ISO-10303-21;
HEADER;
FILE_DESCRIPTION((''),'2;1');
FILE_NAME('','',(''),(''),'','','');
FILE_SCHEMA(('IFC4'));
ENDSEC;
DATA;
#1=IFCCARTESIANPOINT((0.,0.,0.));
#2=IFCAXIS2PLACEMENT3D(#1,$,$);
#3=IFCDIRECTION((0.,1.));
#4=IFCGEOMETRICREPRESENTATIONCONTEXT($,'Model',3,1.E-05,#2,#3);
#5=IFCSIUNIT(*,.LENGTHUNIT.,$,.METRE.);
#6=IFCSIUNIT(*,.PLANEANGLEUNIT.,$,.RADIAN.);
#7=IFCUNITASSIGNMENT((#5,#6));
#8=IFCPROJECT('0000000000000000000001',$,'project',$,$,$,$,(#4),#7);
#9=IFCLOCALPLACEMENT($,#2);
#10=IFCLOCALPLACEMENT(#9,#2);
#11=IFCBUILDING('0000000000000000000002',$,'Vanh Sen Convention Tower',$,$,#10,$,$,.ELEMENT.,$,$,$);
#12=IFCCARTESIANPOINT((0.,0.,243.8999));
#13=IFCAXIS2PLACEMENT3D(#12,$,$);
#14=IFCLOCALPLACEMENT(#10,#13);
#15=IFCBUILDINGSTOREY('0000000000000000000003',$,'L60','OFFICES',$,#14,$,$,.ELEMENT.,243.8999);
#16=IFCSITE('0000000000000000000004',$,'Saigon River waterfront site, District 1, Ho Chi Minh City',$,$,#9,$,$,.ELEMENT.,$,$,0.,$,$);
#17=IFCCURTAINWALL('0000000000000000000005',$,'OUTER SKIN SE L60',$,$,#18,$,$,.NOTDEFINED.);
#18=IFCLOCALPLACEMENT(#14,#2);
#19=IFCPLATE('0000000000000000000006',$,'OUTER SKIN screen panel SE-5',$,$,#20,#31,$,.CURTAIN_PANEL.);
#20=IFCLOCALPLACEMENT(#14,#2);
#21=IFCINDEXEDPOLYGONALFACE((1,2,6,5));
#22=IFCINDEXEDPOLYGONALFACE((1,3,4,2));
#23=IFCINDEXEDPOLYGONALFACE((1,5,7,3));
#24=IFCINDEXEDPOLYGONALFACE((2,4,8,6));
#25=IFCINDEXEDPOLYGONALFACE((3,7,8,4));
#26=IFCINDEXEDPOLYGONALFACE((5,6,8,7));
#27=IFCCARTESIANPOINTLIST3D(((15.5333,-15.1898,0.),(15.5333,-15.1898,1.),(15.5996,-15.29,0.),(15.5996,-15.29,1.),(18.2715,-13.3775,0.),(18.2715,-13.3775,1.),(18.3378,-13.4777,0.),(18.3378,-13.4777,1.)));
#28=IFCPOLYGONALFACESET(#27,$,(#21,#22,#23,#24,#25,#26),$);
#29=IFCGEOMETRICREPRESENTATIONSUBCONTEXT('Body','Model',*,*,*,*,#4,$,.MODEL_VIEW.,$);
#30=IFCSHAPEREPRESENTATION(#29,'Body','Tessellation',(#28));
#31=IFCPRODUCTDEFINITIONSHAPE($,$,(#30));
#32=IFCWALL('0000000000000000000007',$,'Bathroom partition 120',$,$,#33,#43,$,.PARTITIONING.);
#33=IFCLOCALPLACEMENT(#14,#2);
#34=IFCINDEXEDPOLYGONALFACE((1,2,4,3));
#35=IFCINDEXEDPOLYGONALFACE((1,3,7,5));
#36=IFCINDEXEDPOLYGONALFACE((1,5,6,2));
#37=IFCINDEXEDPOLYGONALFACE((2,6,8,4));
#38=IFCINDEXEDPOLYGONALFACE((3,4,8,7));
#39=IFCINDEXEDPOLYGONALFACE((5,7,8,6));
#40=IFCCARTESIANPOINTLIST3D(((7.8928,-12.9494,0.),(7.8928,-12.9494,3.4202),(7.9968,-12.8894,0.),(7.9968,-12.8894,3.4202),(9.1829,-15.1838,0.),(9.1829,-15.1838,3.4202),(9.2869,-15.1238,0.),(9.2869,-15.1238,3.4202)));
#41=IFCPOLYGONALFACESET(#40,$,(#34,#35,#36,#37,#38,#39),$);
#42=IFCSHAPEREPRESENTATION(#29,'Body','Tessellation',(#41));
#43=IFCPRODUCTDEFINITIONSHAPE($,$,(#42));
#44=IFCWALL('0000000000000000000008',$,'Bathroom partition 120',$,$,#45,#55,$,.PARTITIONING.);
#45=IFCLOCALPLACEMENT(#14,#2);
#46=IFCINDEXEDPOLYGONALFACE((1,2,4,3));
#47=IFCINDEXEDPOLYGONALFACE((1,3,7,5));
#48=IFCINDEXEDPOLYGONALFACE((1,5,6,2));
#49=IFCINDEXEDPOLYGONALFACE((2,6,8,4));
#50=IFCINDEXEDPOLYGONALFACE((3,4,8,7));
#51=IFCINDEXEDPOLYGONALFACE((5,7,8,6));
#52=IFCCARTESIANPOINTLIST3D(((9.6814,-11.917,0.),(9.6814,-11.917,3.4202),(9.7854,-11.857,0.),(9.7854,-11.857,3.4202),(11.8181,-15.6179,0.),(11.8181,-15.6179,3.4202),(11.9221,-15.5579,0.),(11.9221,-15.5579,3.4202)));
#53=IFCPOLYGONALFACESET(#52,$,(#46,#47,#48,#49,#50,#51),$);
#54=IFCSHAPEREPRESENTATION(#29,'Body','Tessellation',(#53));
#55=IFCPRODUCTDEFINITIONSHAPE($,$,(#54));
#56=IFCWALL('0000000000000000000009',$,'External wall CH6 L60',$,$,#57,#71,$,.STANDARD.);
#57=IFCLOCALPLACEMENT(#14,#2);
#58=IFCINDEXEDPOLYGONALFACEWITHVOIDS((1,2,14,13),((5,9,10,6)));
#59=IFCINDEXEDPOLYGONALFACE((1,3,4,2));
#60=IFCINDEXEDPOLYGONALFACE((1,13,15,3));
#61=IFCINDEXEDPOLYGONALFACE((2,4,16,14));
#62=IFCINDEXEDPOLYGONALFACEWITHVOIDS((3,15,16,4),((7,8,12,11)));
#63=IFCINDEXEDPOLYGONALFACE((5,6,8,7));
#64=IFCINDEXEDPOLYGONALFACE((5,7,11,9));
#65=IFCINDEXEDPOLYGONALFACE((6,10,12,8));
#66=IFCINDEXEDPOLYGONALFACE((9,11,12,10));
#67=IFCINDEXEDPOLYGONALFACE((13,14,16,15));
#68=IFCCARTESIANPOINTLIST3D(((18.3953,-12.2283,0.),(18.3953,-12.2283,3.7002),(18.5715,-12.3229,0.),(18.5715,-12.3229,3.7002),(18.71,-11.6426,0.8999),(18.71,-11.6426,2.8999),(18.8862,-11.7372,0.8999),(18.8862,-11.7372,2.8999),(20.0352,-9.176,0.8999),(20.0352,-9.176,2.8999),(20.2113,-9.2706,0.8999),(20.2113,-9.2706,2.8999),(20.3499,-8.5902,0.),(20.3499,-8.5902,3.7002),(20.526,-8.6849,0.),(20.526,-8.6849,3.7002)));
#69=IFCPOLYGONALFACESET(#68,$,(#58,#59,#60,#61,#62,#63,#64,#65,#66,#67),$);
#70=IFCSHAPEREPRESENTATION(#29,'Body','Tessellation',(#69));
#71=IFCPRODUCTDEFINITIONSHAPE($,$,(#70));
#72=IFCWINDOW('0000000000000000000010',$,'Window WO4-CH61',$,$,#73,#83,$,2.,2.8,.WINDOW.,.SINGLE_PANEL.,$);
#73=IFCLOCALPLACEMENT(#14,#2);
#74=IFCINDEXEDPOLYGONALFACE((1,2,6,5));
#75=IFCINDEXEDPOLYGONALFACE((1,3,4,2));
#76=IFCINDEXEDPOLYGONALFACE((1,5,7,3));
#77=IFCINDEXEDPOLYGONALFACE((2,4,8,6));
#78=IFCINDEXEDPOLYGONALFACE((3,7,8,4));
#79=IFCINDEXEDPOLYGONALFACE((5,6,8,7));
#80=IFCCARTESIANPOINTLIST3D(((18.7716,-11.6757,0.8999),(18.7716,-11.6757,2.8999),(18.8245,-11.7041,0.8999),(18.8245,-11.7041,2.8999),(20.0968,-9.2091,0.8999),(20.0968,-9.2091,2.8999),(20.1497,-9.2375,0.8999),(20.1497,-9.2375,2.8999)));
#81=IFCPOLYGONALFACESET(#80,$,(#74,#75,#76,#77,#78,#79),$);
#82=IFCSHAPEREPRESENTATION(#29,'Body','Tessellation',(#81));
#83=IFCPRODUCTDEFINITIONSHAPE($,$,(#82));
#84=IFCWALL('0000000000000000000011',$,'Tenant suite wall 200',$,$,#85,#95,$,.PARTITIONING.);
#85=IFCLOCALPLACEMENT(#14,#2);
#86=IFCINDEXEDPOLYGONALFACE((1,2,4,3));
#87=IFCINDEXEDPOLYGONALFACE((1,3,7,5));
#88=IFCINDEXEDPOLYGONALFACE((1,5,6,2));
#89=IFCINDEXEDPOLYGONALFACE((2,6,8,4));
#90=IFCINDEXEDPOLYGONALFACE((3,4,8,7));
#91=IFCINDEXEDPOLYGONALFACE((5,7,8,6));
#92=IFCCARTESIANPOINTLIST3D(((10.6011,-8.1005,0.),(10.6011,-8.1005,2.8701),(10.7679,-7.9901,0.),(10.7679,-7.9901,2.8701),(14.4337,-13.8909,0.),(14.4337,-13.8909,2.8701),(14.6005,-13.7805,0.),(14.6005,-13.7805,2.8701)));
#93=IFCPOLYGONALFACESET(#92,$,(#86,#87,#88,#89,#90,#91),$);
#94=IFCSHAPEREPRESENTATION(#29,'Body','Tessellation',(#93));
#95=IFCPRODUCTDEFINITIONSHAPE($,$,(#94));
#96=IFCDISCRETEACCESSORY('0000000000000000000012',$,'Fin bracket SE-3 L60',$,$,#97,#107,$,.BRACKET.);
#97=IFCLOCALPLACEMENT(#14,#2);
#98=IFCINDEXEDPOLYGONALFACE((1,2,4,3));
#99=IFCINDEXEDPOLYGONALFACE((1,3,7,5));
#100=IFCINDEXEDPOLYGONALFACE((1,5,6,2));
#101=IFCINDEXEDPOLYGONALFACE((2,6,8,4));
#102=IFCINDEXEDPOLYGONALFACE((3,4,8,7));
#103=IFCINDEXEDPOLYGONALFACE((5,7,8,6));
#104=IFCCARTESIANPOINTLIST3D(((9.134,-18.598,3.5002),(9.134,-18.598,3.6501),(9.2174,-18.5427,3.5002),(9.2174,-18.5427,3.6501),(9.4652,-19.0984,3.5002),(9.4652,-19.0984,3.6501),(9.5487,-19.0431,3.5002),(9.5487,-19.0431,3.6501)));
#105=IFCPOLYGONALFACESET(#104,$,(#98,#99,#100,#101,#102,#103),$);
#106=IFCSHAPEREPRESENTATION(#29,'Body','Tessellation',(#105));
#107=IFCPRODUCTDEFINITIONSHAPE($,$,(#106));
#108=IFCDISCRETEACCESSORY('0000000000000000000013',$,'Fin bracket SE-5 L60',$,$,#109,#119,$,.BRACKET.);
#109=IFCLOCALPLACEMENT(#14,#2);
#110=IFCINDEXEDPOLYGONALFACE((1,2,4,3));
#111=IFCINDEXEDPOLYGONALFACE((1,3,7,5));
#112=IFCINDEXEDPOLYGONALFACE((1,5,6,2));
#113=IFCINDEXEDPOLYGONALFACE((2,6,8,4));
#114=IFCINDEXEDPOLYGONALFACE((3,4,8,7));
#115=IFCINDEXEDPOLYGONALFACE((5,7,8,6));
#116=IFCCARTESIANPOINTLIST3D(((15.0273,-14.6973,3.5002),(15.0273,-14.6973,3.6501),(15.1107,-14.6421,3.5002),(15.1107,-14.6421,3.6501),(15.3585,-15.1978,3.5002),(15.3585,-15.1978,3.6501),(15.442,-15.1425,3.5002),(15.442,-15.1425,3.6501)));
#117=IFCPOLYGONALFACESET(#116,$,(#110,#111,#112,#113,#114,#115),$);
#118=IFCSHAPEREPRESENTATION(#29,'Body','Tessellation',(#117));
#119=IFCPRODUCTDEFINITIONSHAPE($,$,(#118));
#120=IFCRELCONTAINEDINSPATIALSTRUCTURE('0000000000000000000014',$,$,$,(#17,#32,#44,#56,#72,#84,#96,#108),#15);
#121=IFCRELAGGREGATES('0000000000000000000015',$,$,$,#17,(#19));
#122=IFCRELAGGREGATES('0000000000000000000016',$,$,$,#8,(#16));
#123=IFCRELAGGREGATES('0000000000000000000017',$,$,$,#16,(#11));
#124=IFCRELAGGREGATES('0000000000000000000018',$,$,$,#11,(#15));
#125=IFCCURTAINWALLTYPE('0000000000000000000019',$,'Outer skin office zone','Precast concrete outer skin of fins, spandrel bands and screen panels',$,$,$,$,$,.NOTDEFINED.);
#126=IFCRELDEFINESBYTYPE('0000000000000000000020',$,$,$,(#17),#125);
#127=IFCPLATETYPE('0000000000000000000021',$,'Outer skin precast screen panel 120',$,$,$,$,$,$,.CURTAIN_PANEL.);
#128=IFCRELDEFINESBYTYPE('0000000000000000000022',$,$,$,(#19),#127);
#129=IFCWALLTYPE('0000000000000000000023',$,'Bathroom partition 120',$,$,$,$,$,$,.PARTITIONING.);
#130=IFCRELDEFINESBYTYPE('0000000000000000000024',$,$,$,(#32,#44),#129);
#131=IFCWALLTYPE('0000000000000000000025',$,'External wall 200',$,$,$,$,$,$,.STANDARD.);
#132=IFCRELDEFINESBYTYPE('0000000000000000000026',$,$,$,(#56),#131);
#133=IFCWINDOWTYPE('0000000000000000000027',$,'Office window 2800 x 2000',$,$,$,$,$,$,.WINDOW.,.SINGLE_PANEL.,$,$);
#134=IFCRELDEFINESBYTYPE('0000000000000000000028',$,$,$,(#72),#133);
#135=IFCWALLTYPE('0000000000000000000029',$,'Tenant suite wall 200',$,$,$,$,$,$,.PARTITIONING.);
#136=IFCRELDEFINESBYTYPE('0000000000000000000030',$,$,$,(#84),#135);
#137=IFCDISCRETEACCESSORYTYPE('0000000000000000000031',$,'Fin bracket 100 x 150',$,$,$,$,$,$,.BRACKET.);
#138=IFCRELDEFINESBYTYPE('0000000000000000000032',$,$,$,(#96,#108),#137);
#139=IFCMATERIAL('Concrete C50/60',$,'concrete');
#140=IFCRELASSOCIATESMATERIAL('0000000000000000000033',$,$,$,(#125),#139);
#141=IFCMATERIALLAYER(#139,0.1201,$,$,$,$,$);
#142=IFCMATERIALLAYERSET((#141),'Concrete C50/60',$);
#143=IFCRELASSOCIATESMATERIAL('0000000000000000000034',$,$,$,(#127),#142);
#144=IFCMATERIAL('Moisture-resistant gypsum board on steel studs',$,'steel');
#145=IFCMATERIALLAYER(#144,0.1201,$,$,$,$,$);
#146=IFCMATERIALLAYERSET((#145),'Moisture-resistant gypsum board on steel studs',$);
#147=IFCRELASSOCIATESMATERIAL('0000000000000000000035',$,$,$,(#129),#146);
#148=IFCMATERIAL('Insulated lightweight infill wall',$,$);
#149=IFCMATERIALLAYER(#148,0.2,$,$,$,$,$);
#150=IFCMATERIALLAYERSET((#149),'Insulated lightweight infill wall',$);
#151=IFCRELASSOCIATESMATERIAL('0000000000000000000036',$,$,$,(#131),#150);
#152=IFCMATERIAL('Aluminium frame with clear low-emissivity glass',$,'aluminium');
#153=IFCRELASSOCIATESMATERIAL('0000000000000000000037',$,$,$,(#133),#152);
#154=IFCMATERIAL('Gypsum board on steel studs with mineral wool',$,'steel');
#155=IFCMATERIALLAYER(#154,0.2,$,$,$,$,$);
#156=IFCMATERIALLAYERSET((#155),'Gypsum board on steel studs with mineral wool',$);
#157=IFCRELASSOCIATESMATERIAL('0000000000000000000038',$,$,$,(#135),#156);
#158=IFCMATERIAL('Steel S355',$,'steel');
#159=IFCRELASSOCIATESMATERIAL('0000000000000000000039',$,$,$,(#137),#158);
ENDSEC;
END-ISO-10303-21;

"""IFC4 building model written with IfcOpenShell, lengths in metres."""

from ifc_helpers import new_model, si_unit, direction, frame, frame_2d, origin, origin_2d, place, context, subcontext, project, spatial, rectangle, extrude, material, layer, layer_set, type_object, element, fill, aggregate, save


model = new_model("IFC4")

# Units and contexts
model_context = context("Model", 3, precision=1e-05, world=origin(), true_north=direction((0.0, 1.0)))
body_context = subcontext(model_context, "Body", "Model", "MODEL_VIEW")
ifc_project = project(units=[si_unit("LENGTHUNIT", "METRE"), si_unit("PLANEANGLEUNIT", "RADIAN")], contexts=[model_context])

# Site, building, storey
site_placement = place(None, origin())
site = spatial("IfcSite", under=ifc_project, at=site_placement, Name="Saigon River waterfront site, District 1, Ho Chi Minh City", CompositionType="ELEMENT", RefElevation=0.0)
building_placement = place(site_placement, origin())
building = spatial("IfcBuilding", under=site, at=building_placement, Name="Vanh Sen Convention Tower", CompositionType="ELEMENT")
storey_placement = place(building_placement, frame((0.0, 0.0, 243.8999)))
storey = spatial("IfcBuildingStorey", under=building, at=storey_placement, Name="L60", Description="OFFICES", CompositionType="ELEMENT", Elevation=243.8999)

# Curtain wall
ifc_material_1 = material(Name="Concrete C50/60", Category="concrete")
curtain_wall_type = type_object("IfcCurtainWallType", Name="Outer skin office zone", Description="Precast concrete outer skin of fins, spandrel bands and screen panels", PredefinedType="NOTDEFINED", material=ifc_material_1)
curtain_wall_1_placement = place(storey_placement, origin())
curtain_wall_1 = element("IfcCurtainWall", 1, at=curtain_wall_1_placement, inside=storey, type_object=curtain_wall_type, Name="OUTER SKIN SE L60", PredefinedType="NOTDEFINED")

# Plate
ifc_layer_1 = layer(ifc_material_1, 0.1201)
ifc_layer_set_1 = layer_set([ifc_layer_1], Name="Concrete C50/60")
plate_type = type_object("IfcPlateType", Name="Outer skin precast screen panel 120", PredefinedType="CURTAIN_PANEL", material=ifc_layer_set_1)
plate_1_placement = place(storey_placement, frame((16.9355, -14.3337, 0.0), z_axis=(0.0, 0.0, 1.0), x_axis=(0.833896, 0.551921, 0.0)))
plate_1 = element("IfcPlate", 2, at=plate_1_placement, type_object=plate_type, Name="OUTER SKIN screen panel SE-5", PredefinedType="CURTAIN_PANEL", context=body_context, shape_type="SweptSolid", body=[
    extrude(rectangle(XDim=3.2837, YDim=0.1201, at=origin_2d()), origin(), (0.0, 0.0, 1.0), 1.0),
])
aggregate(curtain_wall_1, [plate_1])

# Walls
ifc_material_2 = material(Name="Moisture-resistant gypsum board on steel studs", Category="steel")
ifc_layer_2 = layer(ifc_material_2, 0.1201)
ifc_layer_set_2 = layer_set([ifc_layer_2], Name="Moisture-resistant gypsum board on steel studs")
wall_type_1 = type_object("IfcWallType", Name="Bathroom partition 120", PredefinedType="PARTITIONING", material=ifc_layer_set_2)
wall_1_placement = place(storey_placement, frame((9.2349, -15.1538, 0.0), z_axis=(0.0, 0.0, 1.0), x_axis=(-0.500006, 0.866022, 0.0)))
element("IfcWall", 3, at=wall_1_placement, inside=storey, type_object=wall_type_1, Name="Bathroom partition 120", PredefinedType="PARTITIONING", context=body_context, shape_type="SweptSolid", body=[
    extrude(rectangle(XDim=2.5801, YDim=0.1201, at=frame_2d((1.29, 0.0))), origin(), (0.0, 0.0, 1.0), 3.4202),
])
wall_2_placement = place(storey_placement, frame((11.8701, -15.5879, 0.0), z_axis=(0.0, 0.0, 1.0), x_axis=(-0.499998, 0.866027, 0.0)))
element("IfcWall", 4, at=wall_2_placement, inside=storey, type_object=wall_type_1, Name="Bathroom partition 120", PredefinedType="PARTITIONING", context=body_context, shape_type="SweptSolid", body=[
    extrude(rectangle(XDim=4.2734, YDim=0.1201, at=frame_2d((2.1367, 0.0))), origin(), (0.0, 0.0, 1.0), 3.4202),
])

# Wall, opening, window
ifc_material_3 = material(Name="Insulated lightweight infill wall")
ifc_layer_3 = layer(ifc_material_3, 0.2)
ifc_layer_set_3 = layer_set([ifc_layer_3], Name="Insulated lightweight infill wall")
wall_type_2 = type_object("IfcWallType", Name="External wall 200", PredefinedType="STANDARD", material=ifc_layer_set_3)
wall_3_placement = place(storey_placement, frame((18.4834, -12.2756, 0.0), z_axis=(0.0, 0.0, 1.0), x_axis=(0.473268, 0.880919, 0.0)))
wall_3 = element("IfcWall", 5, at=wall_3_placement, inside=storey, type_object=wall_type_2, Name="External wall CH6 L60", PredefinedType="STANDARD", context=body_context, shape_type="SweptSolid", body=[
    extrude(rectangle(XDim=4.1299, YDim=0.2, at=frame_2d((2.0649, 0.0))), origin(), (0.0, 0.0, 1.0), 3.7002),
])
opening_placement = place(wall_3_placement, frame((0.665, 0.0, 0.8999)))
opening = element("IfcOpeningElement", 6, at=opening_placement, cuts=wall_3, PredefinedType="OPENING", context=body_context, shape_type="SweptSolid", body=[
    extrude(rectangle(XDim=2.8, YDim=2.0, at=frame_2d((1.3999, 1.0))), frame((0.0, 0.1099, 0.0), z_axis=(0.0, -1.0, 0.0), x_axis=(1.0, 0.0, 0.0)), (0.0, 0.0, 1.0), 0.22),
])
ifc_material_4 = material(Name="Aluminium frame with clear low-emissivity glass", Category="aluminium")
window_type = type_object("IfcWindowType", Name="Office window 2800 x 2000", PartitioningType="SINGLE_PANEL", PredefinedType="WINDOW", material=ifc_material_4)
window_placement = place(opening_placement, origin())
window = element("IfcWindow", 7, at=window_placement, inside=storey, type_object=window_type, Name="Window WO4-CH61", OverallHeight=2.0, OverallWidth=2.8, PartitioningType="SINGLE_PANEL", PredefinedType="WINDOW", context=body_context, shape_type="SweptSolid", body=[
    extrude(rectangle(XDim=2.8, YDim=2.0, at=frame_2d((1.3999, 1.0))), frame((0.0, 0.03, 0.0), z_axis=(0.0, -1.0, 0.0), x_axis=(1.0, 0.0, 0.0)), (0.0, 0.0, 1.0), 0.0601),
])
fill(opening, window)

# Wall
ifc_material_5 = material(Name="Gypsum board on steel studs with mineral wool", Category="steel")
ifc_layer_4 = layer(ifc_material_5, 0.2)
ifc_layer_set_4 = layer_set([ifc_layer_4], Name="Gypsum board on steel studs with mineral wool")
wall_type_3 = type_object("IfcWallType", Name="Tenant suite wall 200", PredefinedType="PARTITIONING", material=ifc_layer_set_4)
wall_4_placement = place(storey_placement, frame((14.5171, -13.8357, 0.0), z_axis=(0.0, 0.0, 1.0), x_axis=(-0.551938, 0.833885, 0.0)))
element("IfcWall", 8, at=wall_4_placement, inside=storey, type_object=wall_type_3, Name="Tenant suite wall 200", PredefinedType="PARTITIONING", context=body_context, shape_type="SweptSolid", body=[
    extrude(rectangle(XDim=6.9438, YDim=0.2, at=frame_2d((3.4719, 0.0))), origin(), (0.0, 0.0, 1.0), 2.8701),
])

# Discrete accessories
ifc_material_6 = material(Name="Steel S355", Category="steel")
discrete_accessory_type = type_object("IfcDiscreteAccessoryType", Name="Fin bracket 100 x 150", PredefinedType="BRACKET", material=ifc_material_6)
for number, where, z_axis, x_axis, name in (
    (9, (9.3413, -18.8206, 3.5002), (0.0, 0.0, 1.0), (0.551937, -0.833886, 0.0), "Fin bracket SE-3 L60"),
    (10, (15.2346, -14.9199, 3.5002), (0.0, 0.0, 1.0), (0.551937, -0.833886, 0.0), "Fin bracket SE-5 L60"),
):
    element("IfcDiscreteAccessory", number, at=place(storey_placement, frame(where, z_axis=z_axis, x_axis=x_axis)), inside=storey, type_object=discrete_accessory_type, Name=name, PredefinedType="BRACKET", context=body_context, shape_type="SweptSolid", body=[
        extrude(rectangle(XDim=0.6001, YDim=0.1001, at=origin_2d()), origin(), (0.0, 0.0, 1.0), 0.1499),
    ])

save(model, "model.ifc")
